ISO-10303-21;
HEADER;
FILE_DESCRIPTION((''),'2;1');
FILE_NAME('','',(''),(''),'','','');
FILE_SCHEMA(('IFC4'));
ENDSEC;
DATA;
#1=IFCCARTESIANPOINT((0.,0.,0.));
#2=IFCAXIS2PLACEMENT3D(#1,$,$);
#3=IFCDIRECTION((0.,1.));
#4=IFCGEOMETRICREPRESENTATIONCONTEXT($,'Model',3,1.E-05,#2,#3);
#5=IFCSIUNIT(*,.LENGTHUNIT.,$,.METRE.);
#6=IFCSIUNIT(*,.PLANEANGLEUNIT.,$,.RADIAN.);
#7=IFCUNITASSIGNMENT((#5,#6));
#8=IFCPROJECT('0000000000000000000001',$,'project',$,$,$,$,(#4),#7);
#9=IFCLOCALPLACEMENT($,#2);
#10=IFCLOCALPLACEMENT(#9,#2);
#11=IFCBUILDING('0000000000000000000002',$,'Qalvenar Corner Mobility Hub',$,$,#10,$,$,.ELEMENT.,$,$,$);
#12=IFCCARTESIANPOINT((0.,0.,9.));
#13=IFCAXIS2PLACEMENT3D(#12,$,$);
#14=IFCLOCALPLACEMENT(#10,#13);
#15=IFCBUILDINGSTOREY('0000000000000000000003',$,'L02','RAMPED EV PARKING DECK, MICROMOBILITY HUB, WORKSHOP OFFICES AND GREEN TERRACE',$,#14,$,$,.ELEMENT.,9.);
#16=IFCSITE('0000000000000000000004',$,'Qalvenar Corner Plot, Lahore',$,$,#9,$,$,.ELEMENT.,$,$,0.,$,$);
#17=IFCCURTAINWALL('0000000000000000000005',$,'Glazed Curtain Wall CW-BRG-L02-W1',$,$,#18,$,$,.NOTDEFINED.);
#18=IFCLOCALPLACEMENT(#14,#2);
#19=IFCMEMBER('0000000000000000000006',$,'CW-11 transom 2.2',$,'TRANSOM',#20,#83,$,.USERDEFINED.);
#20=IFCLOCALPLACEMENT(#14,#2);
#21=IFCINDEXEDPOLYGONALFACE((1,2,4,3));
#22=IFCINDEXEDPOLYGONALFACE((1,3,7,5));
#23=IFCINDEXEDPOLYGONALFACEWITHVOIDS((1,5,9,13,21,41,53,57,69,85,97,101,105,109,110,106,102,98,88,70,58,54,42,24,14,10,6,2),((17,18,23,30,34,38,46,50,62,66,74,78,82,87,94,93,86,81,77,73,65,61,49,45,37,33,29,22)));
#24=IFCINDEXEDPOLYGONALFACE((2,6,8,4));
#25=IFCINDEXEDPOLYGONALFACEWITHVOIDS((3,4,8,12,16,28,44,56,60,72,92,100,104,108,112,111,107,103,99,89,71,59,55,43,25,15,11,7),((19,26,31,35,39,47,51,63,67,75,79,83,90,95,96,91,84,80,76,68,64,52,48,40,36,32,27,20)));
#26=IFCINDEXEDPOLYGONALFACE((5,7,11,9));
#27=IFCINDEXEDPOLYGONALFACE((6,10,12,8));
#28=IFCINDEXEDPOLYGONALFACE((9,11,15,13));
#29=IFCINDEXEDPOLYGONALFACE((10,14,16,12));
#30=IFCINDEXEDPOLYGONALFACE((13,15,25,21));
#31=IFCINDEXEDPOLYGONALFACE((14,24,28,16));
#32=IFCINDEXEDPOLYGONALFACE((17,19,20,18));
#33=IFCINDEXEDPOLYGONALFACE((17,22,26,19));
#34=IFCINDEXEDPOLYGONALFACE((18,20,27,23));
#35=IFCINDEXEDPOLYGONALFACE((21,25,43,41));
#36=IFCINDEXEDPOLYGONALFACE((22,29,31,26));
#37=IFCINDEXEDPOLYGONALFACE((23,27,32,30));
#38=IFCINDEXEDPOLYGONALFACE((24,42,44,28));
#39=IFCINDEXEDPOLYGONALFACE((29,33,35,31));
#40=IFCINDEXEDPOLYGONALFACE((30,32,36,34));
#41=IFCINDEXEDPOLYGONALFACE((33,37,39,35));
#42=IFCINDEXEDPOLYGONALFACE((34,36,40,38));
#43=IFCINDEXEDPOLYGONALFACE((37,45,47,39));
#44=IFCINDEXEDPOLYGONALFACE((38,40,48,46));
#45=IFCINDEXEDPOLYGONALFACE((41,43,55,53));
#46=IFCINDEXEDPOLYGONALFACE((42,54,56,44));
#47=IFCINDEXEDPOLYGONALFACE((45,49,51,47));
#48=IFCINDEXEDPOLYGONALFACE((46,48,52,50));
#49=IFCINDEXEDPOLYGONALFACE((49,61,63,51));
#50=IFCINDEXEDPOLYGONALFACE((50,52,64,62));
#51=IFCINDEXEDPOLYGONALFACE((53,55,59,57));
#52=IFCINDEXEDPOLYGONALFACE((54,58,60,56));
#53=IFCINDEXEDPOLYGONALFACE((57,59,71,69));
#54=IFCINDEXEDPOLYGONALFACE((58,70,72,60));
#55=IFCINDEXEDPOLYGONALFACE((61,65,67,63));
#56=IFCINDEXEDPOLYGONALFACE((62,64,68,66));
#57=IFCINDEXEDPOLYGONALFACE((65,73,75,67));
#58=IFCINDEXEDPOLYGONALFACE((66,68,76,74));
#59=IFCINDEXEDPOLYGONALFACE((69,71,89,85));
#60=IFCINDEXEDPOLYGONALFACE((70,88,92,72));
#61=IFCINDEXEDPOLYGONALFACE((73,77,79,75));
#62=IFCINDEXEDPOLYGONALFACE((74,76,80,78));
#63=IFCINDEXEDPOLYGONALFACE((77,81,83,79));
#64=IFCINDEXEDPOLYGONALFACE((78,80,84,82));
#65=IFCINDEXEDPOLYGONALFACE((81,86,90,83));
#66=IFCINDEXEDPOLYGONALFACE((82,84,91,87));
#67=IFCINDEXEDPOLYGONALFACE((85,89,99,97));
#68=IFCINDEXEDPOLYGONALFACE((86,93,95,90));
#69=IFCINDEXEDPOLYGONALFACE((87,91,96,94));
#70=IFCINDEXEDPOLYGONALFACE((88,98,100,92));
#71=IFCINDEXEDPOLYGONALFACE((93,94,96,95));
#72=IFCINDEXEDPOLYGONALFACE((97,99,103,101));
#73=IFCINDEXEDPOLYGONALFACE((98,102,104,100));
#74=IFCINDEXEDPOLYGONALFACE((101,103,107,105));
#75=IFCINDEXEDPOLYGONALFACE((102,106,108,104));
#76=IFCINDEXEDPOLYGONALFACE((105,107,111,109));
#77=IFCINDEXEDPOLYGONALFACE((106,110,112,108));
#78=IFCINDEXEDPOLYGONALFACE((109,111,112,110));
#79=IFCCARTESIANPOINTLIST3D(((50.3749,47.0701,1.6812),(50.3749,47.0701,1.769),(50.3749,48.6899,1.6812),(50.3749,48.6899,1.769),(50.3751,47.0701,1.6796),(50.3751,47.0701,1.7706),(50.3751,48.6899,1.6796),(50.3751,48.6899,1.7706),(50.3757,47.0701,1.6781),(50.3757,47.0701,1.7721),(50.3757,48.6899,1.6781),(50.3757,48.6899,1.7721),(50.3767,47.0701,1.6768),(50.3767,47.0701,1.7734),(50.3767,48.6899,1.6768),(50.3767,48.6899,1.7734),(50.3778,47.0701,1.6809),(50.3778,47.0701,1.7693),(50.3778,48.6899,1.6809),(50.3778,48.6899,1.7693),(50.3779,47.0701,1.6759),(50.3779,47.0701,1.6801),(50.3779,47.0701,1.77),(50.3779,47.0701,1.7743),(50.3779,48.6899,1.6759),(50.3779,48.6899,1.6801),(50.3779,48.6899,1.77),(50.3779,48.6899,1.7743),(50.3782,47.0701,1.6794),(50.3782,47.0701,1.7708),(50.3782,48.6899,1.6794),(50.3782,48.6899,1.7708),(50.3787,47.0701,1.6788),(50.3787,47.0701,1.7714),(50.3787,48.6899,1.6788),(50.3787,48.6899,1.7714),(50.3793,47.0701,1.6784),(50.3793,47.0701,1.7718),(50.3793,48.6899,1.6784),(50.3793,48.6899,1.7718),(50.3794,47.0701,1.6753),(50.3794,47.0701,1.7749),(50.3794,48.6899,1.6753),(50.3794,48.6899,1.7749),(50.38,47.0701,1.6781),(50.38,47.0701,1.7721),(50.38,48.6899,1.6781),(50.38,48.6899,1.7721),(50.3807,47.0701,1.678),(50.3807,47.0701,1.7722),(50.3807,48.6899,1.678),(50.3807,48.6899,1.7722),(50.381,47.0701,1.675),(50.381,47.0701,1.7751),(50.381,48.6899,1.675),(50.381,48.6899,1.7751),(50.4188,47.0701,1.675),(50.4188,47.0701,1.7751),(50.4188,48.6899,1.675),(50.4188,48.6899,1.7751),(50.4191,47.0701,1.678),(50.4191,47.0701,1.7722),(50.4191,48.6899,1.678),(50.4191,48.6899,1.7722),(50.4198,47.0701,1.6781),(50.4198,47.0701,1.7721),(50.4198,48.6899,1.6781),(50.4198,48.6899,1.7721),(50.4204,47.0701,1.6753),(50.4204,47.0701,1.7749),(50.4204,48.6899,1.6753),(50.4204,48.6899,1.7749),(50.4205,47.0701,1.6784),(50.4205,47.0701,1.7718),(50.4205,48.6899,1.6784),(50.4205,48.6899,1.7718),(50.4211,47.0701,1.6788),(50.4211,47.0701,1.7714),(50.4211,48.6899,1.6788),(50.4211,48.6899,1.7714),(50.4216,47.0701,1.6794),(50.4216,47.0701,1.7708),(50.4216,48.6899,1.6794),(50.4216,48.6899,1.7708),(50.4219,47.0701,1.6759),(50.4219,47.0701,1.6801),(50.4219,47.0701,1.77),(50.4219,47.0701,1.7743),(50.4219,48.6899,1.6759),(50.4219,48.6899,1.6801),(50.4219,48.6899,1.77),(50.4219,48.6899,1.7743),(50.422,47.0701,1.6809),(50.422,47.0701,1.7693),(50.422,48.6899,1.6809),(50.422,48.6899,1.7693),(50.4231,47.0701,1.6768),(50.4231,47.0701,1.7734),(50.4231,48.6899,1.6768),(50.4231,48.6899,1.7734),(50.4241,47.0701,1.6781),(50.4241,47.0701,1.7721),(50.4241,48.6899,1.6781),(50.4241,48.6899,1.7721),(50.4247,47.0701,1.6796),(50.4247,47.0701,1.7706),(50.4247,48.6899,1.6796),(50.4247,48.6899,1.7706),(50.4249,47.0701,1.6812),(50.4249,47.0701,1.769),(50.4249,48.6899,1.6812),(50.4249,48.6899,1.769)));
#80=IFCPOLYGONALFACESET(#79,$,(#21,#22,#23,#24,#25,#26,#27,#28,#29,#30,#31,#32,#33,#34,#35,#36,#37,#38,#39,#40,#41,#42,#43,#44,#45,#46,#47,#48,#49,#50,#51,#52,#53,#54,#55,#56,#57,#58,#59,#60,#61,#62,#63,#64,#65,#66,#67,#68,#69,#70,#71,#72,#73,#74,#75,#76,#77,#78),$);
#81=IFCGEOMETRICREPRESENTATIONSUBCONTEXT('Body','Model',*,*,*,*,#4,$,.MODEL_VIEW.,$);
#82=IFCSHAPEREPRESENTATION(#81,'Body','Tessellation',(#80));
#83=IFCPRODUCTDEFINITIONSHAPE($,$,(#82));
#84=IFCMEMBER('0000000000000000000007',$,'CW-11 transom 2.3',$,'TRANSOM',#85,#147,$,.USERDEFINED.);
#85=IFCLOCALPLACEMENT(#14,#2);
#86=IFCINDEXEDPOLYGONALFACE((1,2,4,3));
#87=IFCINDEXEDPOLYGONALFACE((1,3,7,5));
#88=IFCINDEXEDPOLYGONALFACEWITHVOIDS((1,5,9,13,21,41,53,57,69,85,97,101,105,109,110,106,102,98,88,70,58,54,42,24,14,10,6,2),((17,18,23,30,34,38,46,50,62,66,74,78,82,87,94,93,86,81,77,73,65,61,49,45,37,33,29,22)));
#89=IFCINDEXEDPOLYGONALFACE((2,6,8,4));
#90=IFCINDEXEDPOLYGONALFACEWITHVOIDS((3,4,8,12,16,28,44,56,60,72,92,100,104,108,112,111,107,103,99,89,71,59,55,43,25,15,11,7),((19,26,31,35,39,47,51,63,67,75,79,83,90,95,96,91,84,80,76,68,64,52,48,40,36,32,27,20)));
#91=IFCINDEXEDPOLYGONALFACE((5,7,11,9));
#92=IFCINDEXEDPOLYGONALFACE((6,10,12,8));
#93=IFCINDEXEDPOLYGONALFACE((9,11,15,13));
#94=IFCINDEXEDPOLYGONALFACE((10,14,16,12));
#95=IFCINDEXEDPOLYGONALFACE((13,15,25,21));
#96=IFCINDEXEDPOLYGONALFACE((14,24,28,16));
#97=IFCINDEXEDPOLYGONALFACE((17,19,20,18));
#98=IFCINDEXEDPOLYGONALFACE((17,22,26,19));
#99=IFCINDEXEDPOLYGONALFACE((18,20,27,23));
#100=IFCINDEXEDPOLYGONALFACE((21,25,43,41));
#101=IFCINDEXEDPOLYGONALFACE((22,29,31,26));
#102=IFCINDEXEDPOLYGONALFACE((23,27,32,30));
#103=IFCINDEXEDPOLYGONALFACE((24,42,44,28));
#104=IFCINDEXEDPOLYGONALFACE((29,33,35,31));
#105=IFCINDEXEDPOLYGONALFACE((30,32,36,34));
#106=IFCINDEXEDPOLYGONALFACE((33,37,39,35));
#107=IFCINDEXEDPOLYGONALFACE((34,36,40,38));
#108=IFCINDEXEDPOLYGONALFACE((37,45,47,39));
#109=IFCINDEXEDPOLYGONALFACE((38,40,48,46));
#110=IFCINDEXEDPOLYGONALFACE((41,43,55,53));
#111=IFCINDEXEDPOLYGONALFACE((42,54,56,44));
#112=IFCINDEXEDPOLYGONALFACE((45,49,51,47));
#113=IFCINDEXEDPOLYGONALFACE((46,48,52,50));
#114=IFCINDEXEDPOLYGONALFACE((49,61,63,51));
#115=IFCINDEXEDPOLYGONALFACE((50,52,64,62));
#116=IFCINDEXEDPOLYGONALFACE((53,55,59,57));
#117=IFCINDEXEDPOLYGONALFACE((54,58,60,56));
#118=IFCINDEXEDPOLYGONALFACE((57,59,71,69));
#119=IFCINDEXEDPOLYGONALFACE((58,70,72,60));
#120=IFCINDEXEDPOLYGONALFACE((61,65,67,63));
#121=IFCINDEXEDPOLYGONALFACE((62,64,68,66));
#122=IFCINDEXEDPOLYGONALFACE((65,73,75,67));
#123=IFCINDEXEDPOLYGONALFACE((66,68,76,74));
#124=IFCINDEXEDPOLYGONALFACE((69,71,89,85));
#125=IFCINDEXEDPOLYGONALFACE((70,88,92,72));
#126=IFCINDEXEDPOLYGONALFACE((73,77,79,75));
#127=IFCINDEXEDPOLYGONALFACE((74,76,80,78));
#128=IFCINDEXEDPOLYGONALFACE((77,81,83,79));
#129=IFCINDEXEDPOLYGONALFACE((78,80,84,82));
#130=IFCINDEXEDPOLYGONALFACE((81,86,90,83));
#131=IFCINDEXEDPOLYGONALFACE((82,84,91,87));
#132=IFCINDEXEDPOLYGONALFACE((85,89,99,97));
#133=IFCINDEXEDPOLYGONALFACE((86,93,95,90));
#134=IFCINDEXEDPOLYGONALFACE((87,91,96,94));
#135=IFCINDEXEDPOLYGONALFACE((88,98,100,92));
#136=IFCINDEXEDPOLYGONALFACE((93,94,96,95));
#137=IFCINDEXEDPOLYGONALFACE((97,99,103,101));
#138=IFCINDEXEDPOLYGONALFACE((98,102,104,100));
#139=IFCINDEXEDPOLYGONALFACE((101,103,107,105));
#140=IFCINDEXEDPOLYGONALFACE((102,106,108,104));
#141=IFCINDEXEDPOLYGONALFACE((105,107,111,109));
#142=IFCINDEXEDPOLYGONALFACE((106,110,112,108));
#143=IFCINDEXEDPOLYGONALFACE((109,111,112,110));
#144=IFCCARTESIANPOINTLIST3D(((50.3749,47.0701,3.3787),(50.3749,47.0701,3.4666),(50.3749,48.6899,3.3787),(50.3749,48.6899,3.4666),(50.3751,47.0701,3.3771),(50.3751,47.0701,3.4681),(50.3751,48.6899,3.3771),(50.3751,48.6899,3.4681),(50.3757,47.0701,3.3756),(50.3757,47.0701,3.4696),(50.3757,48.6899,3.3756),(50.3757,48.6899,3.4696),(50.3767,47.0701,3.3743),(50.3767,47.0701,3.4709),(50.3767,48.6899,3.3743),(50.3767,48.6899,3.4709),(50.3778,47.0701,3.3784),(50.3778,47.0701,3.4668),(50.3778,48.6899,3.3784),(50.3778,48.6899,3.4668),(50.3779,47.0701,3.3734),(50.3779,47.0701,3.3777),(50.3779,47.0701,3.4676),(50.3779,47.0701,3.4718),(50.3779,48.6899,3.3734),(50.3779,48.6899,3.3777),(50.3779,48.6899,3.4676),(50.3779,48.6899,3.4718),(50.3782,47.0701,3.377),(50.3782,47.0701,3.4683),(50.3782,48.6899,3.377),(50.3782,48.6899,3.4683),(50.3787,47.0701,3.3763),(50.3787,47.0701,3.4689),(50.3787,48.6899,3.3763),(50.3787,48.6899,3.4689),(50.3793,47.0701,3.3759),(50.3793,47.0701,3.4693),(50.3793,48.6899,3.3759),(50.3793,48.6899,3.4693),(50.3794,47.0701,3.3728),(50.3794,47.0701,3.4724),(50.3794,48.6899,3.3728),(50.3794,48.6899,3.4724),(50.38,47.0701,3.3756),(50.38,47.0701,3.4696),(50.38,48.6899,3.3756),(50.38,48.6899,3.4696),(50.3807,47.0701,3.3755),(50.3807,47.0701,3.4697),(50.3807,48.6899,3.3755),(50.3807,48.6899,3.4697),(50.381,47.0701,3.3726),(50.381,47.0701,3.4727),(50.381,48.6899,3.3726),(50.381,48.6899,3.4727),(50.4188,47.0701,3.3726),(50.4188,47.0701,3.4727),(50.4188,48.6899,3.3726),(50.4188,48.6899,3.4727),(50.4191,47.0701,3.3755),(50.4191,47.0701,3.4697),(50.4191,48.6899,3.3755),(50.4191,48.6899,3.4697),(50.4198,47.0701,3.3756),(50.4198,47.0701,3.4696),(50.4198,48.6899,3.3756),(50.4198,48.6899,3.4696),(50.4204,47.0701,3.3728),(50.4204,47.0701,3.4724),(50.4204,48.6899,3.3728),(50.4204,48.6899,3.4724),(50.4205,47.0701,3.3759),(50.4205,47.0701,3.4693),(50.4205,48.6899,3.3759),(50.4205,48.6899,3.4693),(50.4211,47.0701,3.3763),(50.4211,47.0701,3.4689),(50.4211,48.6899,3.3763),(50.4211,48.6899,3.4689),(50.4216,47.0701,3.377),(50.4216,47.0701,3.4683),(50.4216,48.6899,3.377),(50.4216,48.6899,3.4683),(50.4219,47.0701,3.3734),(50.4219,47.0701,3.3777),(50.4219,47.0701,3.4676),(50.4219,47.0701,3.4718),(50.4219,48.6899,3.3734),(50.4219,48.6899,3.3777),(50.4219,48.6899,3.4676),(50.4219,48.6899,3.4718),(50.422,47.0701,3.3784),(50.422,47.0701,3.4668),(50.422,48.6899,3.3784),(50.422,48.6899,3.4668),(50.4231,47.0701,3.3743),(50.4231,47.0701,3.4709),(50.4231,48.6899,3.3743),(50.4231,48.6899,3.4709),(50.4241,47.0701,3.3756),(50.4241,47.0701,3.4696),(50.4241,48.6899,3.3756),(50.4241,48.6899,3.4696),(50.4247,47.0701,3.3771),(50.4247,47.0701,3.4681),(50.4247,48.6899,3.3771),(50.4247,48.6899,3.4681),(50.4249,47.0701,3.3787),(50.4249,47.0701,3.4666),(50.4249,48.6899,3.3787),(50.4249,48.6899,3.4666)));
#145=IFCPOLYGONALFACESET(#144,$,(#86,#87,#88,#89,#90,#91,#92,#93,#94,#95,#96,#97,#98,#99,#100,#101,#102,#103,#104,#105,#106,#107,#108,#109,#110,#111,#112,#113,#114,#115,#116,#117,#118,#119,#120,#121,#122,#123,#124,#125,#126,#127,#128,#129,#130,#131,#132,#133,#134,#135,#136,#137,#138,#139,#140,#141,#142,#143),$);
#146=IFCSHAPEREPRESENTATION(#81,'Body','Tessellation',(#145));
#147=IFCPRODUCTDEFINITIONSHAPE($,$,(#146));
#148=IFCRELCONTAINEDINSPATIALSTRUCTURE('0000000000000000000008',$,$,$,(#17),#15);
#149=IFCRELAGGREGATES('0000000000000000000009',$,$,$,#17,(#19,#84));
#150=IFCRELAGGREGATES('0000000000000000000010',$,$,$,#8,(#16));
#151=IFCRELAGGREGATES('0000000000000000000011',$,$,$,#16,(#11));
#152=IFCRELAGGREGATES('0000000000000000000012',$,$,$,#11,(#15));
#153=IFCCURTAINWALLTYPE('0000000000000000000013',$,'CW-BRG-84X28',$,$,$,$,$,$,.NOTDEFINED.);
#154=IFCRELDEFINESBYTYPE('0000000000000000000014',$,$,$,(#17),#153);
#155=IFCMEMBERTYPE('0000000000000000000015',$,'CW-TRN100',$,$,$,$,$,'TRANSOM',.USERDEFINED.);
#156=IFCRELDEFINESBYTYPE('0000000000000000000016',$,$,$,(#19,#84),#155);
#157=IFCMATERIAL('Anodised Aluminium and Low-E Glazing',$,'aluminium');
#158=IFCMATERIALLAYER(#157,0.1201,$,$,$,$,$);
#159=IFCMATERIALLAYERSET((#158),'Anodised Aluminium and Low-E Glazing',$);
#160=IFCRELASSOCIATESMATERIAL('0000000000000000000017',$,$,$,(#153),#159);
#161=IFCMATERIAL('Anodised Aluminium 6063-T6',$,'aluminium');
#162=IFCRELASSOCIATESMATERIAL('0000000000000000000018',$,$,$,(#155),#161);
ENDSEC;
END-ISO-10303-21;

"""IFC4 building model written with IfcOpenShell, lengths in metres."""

from ifc_helpers import new_model, si_unit, direction, frame, origin, origin_2d, place, context, subcontext, project, spatial, hollow_rectangle, extrude, material, layer, layer_set, material_profile, profile_set, type_object, element, aggregate, save


model = new_model("IFC4")

# Units and contexts
model_context = context("Model", 3, precision=1e-05, world=origin(), true_north=direction((0.0, 1.0)))
body_context = subcontext(model_context, "Body", "Model", "MODEL_VIEW")
ifc_project = project(units=[si_unit("LENGTHUNIT", "METRE"), si_unit("PLANEANGLEUNIT", "RADIAN")], contexts=[model_context])

# Site, building, storey
site_placement = place(None, origin())
site = spatial("IfcSite", under=ifc_project, at=site_placement, Name="Qalvenar Corner Plot, Lahore", CompositionType="ELEMENT", RefElevation=0.0)
building_placement = place(site_placement, origin())
building = spatial("IfcBuilding", under=site, at=building_placement, Name="Qalvenar Corner Mobility Hub", CompositionType="ELEMENT")
storey_placement = place(building_placement, frame((0.0, 0.0, 9.0)))
storey = spatial("IfcBuildingStorey", under=building, at=storey_placement, Name="L02", Description="RAMPED EV PARKING DECK, MICROMOBILITY HUB, WORKSHOP OFFICES AND GREEN TERRACE", CompositionType="ELEMENT", Elevation=9.0)

# Curtain wall, members
ifc_material_1 = material(Name="Anodised Aluminium and Low-E Glazing", Category="aluminium")
ifc_layer_1 = layer(ifc_material_1, 0.1201)
ifc_layer_set_1 = layer_set([ifc_layer_1], Name="Anodised Aluminium and Low-E Glazing")
curtain_wall_type = type_object("IfcCurtainWallType", Name="CW-BRG-84X28", PredefinedType="NOTDEFINED", material=ifc_layer_set_1)
curtain_wall_placement = place(storey_placement, origin())
curtain_wall = element("IfcCurtainWall", 1, at=curtain_wall_placement, inside=storey, type_object=curtain_wall_type, Name="Glazed Curtain Wall CW-BRG-L02-W1", PredefinedType="NOTDEFINED")
ifc_material_2 = material(Name="Anodised Aluminium 6063-T6", Category="aluminium")
ifc_material_profile_1 = material_profile(ifc_material_2, hollow_rectangle(XDim=0.05, YDim=0.1001, WallThickness=0.0029, InnerFilletRadius=0.0029, OuterFilletRadius=0.0061, at=origin_2d()), Name="RHS100x50x3")
ifc_profile_set_1 = profile_set([ifc_material_profile_1], Name="Anodised Aluminium 6063-T6")
member_type_1 = type_object("IfcMemberType", Name="CW-TRN100", ElementType="TRANSOM", PredefinedType="USERDEFINED", material=ifc_profile_set_1)
member_1_placement = place(storey_placement, frame((50.3999, 48.6899, 1.7251), z_axis=(0.0, -1.0, 0.0), x_axis=(1.0, 0.0, 0.0)))
member_1 = element("IfcMember", 2, at=member_1_placement, type_object=member_type_1, Name="CW-11 transom 2.2", ObjectType="TRANSOM", PredefinedType="USERDEFINED", context=body_context, shape_type="SweptSolid", body=[
    extrude(hollow_rectangle(XDim=0.05, YDim=0.1001, WallThickness=0.0029, InnerFilletRadius=0.0029, OuterFilletRadius=0.0061, at=origin_2d()), origin(), (0.0, 0.0, 1.0), 1.6199),
])
member_2_placement = place(storey_placement, frame((50.3999, 48.6899, 3.4226), z_axis=(0.0, -1.0, 0.0), x_axis=(1.0, 0.0, 0.0)))
member_2 = element("IfcMember", 3, at=member_2_placement, type_object=member_type_1, Name="CW-11 transom 2.3", ObjectType="TRANSOM", PredefinedType="USERDEFINED", context=body_context, shape_type="SweptSolid", body=[
    extrude(hollow_rectangle(XDim=0.05, YDim=0.1001, WallThickness=0.0029, InnerFilletRadius=0.0029, OuterFilletRadius=0.0061, at=origin_2d()), origin(), (0.0, 0.0, 1.0), 1.6199),
])
aggregate(curtain_wall, [member_1, member_2])

save(model, "model.ifc")
